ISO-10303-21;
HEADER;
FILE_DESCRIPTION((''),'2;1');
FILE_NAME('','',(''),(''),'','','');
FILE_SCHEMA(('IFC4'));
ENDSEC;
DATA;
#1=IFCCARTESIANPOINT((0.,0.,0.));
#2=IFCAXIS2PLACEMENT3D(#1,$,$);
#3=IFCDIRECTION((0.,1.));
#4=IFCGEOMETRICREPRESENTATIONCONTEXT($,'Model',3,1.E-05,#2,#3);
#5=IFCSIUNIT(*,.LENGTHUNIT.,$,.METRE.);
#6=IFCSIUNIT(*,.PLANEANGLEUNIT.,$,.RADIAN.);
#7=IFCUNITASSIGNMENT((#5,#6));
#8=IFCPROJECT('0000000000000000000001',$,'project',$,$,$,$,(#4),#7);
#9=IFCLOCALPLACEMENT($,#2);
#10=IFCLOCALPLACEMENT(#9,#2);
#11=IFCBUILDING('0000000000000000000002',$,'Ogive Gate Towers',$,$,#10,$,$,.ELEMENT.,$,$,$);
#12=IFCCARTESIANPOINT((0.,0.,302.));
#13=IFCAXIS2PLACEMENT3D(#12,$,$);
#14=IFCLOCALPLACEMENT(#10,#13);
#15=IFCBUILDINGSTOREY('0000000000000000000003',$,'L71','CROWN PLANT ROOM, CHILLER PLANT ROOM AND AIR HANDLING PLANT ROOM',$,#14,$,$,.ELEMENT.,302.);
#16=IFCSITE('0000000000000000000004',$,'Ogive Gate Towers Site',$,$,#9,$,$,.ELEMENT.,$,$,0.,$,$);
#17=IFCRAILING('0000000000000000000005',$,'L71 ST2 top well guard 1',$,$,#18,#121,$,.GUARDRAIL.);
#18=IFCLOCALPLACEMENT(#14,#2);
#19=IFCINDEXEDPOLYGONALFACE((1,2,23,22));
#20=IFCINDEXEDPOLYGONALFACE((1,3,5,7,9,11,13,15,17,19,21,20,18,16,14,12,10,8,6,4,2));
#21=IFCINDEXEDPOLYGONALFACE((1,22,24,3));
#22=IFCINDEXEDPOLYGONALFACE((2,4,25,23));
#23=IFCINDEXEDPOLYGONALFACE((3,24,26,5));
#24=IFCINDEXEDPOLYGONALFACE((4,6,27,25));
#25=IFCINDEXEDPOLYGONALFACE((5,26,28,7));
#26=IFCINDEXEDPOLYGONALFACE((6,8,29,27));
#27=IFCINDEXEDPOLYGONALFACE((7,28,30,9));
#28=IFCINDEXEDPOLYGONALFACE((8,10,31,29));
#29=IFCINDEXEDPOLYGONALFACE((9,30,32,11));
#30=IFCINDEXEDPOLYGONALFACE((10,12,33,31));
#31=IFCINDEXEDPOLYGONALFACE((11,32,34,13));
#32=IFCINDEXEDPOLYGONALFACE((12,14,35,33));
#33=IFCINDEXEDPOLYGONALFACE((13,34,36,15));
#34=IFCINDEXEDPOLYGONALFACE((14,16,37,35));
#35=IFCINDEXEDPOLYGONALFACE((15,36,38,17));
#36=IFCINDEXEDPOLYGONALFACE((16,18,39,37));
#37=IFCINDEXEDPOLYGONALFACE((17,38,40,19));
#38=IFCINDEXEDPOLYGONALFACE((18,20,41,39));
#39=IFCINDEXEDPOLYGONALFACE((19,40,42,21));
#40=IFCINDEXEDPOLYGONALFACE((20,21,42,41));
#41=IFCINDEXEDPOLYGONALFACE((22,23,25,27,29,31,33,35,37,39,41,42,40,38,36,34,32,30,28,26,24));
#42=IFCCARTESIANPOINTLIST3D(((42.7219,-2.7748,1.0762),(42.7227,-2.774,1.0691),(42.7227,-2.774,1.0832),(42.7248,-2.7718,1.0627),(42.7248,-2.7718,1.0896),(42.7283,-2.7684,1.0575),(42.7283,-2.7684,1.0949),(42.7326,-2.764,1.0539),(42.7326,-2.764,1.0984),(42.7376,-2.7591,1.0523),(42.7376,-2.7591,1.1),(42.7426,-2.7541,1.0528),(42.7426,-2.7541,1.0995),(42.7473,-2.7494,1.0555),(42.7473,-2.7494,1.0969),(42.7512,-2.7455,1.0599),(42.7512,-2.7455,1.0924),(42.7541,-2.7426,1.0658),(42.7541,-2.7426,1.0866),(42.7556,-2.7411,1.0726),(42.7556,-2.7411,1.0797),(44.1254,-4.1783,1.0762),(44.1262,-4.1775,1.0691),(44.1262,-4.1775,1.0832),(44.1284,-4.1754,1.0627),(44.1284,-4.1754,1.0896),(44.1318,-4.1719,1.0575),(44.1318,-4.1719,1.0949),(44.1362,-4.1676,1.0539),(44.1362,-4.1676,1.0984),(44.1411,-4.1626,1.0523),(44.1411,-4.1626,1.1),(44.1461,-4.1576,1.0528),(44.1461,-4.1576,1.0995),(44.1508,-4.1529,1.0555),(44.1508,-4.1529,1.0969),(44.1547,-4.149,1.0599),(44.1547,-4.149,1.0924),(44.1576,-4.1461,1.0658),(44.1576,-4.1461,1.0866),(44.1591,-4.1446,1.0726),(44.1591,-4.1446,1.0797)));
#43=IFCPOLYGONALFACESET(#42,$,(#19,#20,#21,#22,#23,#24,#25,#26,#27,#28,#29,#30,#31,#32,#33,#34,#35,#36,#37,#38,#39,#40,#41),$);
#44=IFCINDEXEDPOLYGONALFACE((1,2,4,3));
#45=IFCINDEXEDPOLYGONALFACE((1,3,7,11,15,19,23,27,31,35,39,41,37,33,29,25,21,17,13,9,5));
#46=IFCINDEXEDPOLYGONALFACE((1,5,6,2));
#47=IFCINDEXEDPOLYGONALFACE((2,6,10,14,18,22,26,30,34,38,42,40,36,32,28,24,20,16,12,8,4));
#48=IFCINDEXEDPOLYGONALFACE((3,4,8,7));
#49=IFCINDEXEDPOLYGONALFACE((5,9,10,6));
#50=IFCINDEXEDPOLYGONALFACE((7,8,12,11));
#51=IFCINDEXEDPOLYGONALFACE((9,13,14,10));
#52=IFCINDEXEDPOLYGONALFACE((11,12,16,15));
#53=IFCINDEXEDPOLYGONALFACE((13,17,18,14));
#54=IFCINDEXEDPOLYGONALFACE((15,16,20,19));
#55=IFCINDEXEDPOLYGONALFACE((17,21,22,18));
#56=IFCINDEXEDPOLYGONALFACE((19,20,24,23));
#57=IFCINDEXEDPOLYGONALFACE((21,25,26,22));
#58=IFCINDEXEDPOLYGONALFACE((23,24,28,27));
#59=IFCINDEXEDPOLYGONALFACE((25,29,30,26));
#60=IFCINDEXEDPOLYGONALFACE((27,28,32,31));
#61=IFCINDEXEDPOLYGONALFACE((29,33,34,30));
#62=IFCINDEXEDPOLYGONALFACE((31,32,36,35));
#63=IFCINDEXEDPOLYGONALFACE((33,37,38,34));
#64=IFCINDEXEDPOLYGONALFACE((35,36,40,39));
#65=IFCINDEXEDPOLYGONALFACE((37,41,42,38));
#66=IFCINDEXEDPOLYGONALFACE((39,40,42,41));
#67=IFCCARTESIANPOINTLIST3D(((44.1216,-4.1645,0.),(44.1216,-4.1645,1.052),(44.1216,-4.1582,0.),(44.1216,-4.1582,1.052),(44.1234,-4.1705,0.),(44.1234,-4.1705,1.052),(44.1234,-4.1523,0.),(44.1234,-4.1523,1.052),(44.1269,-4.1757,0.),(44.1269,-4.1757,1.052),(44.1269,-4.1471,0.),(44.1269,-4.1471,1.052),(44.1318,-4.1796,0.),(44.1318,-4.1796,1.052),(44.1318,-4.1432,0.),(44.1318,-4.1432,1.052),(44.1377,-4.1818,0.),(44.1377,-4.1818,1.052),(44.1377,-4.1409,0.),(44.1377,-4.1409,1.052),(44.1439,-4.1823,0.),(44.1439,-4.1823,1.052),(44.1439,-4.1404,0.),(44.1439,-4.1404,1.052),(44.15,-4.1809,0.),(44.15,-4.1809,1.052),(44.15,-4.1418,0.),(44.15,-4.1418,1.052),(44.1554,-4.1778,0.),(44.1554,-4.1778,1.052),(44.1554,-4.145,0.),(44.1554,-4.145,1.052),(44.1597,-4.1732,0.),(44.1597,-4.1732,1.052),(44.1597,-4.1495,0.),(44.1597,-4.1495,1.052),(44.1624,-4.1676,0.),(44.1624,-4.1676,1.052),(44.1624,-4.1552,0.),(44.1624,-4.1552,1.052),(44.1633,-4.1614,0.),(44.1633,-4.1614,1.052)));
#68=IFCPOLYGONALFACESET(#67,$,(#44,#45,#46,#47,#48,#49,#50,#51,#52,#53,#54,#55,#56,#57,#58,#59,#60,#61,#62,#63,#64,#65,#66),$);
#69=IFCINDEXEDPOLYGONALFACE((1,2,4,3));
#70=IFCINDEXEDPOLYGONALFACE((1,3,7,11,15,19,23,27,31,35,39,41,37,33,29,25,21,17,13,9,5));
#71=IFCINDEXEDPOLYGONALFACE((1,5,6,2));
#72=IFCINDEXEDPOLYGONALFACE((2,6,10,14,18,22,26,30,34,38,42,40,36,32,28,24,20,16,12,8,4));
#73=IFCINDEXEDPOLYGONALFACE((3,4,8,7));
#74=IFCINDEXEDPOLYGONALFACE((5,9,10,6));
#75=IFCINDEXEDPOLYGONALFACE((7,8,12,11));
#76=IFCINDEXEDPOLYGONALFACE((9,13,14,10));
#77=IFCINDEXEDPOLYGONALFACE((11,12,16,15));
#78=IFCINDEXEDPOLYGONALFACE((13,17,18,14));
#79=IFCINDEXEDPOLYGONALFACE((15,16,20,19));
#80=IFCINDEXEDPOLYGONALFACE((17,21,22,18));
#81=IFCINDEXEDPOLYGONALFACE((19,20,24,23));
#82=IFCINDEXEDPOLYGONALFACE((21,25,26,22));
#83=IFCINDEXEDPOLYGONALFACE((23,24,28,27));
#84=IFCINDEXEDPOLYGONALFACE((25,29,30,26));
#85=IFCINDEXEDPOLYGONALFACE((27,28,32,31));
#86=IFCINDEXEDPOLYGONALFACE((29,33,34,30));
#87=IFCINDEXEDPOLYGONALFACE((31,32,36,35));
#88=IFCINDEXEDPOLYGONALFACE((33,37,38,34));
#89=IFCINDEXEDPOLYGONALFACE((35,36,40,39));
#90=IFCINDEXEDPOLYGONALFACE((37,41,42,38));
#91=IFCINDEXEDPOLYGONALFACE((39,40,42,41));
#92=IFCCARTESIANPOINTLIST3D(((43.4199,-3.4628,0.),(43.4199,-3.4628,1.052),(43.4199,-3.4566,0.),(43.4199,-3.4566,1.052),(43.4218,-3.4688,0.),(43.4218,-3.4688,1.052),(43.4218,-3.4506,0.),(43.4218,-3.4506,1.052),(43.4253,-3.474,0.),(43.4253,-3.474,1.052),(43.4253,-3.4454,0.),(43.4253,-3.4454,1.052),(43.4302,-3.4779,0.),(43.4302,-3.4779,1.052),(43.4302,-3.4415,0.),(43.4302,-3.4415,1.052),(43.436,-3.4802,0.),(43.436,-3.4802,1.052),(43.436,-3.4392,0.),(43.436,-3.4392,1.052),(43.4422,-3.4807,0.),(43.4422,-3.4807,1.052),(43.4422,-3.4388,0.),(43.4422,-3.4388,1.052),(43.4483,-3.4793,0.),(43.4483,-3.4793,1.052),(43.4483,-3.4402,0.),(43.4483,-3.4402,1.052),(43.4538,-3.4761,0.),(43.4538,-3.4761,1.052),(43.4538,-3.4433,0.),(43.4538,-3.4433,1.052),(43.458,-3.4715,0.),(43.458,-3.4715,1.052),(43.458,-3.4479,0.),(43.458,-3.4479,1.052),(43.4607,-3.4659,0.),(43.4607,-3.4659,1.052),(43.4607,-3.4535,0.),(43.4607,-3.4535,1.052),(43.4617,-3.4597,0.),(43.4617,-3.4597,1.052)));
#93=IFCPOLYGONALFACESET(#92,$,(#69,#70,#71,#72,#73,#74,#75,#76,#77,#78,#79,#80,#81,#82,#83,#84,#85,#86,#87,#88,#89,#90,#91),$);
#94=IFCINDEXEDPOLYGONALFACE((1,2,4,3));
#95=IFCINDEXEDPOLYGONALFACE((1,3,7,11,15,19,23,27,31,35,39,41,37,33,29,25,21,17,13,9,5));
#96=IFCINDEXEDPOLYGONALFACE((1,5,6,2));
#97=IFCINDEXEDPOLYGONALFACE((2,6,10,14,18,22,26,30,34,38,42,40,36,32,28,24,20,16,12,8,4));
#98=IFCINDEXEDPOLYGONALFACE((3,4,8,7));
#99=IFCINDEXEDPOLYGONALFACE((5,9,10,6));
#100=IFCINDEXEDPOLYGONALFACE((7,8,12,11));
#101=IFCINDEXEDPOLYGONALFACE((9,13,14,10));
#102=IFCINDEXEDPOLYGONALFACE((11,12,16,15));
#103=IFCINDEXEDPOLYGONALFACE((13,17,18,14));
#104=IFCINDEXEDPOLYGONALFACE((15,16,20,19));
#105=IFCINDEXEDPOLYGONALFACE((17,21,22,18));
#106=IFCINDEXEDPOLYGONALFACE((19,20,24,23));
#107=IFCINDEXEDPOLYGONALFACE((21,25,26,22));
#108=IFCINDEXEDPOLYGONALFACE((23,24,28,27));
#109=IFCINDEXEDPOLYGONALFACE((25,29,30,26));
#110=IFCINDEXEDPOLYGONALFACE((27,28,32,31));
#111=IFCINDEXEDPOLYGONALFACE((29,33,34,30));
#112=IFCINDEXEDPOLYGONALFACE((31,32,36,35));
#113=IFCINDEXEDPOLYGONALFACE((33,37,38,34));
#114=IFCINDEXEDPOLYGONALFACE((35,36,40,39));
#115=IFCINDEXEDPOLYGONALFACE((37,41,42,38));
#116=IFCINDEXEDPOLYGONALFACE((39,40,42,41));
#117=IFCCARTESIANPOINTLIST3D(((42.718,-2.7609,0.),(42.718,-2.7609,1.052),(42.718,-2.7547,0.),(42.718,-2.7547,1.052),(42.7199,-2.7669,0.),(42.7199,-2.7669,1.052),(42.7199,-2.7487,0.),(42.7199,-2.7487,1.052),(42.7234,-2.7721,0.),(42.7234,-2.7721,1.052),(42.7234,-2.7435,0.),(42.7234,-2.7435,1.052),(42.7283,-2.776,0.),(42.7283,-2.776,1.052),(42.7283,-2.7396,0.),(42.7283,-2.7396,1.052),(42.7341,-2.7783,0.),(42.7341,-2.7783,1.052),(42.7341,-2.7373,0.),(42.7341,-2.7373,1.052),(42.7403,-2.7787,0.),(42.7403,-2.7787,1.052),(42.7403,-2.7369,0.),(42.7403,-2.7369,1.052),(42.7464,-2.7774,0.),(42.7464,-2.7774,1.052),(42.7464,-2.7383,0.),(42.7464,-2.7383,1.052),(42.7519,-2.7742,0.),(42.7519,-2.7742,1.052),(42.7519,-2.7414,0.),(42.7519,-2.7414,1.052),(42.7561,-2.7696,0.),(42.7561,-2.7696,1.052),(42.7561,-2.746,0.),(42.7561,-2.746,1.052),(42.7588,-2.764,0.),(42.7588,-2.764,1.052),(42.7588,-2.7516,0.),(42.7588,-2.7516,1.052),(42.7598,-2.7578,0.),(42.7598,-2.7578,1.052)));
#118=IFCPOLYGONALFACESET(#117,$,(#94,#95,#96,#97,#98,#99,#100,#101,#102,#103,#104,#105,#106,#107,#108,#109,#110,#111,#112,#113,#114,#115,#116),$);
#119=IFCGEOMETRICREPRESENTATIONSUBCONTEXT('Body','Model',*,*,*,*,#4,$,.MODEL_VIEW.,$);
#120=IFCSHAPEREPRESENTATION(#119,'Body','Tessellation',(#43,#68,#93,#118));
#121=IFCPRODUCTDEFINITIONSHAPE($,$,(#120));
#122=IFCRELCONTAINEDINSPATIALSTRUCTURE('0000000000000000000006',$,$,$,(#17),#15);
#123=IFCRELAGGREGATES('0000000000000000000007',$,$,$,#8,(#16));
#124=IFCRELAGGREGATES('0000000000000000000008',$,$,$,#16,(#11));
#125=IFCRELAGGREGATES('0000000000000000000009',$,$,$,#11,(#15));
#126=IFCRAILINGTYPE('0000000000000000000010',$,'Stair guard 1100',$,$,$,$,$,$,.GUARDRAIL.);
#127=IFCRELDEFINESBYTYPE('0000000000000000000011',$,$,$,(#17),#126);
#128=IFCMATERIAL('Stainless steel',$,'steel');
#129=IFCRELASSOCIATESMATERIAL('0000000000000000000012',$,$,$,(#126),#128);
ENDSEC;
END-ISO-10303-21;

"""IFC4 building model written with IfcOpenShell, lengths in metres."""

from ifc_helpers import new_model, si_unit, direction, frame, origin, origin_2d, place, context, subcontext, project, spatial, circle, extrude, material, type_object, element, save


model = new_model("IFC4")

# Units and contexts
model_context = context("Model", 3, precision=1e-05, world=origin(), true_north=direction((0.0, 1.0)))
body_context = subcontext(model_context, "Body", "Model", "MODEL_VIEW")
ifc_project = project(units=[si_unit("LENGTHUNIT", "METRE"), si_unit("PLANEANGLEUNIT", "RADIAN")], contexts=[model_context])

# Site, building, storey
site_placement = place(None, origin())
site = spatial("IfcSite", under=ifc_project, at=site_placement, Name="Ogive Gate Towers Site", CompositionType="ELEMENT", RefElevation=0.0)
building_placement = place(site_placement, origin())
building = spatial("IfcBuilding", under=site, at=building_placement, Name="Ogive Gate Towers", CompositionType="ELEMENT")
storey_placement = place(building_placement, frame((0.0, 0.0, 302.0)))
storey = spatial("IfcBuildingStorey", under=building, at=storey_placement, Name="L71", Description="CROWN PLANT ROOM, CHILLER PLANT ROOM AND AIR HANDLING PLANT ROOM", CompositionType="ELEMENT", Elevation=302.0)

# Railing
ifc_material_1 = material(Name="Stainless steel", Category="steel")
railing_type = type_object("IfcRailingType", Name="Stair guard 1100", PredefinedType="GUARDRAIL", material=ifc_material_1)
railing_placement = place(storey_placement, frame((44.1423, -4.1614, 0.0)))
element("IfcRailing", 1, at=railing_placement, inside=storey, type_object=railing_type, Name="L71 ST2 top well guard 1", PredefinedType="GUARDRAIL", context=body_context, shape_type="SweptSolid", body=[
    extrude(circle(Radius=0.0239, at=origin_2d()), frame((0.0, 0.0, 1.0762), z_axis=(-0.707107, 0.707107, 0.0), x_axis=(-0.707107, -0.707107, 0.0)), (0.0, 0.0, 1.0), 1.9849),
    extrude(circle(Radius=0.021, at=origin_2d()), origin(), (0.0, 0.0, 1.0), 1.052),
    extrude(circle(Radius=0.021, at=origin_2d()), frame((-0.7017, 0.7017, 0.0)), (0.0, 0.0, 1.0), 1.052),
    extrude(circle(Radius=0.021, at=origin_2d()), frame((-1.4036, 1.4036, 0.0)), (0.0, 0.0, 1.0), 1.052),
])

save(model, "model.ifc")
